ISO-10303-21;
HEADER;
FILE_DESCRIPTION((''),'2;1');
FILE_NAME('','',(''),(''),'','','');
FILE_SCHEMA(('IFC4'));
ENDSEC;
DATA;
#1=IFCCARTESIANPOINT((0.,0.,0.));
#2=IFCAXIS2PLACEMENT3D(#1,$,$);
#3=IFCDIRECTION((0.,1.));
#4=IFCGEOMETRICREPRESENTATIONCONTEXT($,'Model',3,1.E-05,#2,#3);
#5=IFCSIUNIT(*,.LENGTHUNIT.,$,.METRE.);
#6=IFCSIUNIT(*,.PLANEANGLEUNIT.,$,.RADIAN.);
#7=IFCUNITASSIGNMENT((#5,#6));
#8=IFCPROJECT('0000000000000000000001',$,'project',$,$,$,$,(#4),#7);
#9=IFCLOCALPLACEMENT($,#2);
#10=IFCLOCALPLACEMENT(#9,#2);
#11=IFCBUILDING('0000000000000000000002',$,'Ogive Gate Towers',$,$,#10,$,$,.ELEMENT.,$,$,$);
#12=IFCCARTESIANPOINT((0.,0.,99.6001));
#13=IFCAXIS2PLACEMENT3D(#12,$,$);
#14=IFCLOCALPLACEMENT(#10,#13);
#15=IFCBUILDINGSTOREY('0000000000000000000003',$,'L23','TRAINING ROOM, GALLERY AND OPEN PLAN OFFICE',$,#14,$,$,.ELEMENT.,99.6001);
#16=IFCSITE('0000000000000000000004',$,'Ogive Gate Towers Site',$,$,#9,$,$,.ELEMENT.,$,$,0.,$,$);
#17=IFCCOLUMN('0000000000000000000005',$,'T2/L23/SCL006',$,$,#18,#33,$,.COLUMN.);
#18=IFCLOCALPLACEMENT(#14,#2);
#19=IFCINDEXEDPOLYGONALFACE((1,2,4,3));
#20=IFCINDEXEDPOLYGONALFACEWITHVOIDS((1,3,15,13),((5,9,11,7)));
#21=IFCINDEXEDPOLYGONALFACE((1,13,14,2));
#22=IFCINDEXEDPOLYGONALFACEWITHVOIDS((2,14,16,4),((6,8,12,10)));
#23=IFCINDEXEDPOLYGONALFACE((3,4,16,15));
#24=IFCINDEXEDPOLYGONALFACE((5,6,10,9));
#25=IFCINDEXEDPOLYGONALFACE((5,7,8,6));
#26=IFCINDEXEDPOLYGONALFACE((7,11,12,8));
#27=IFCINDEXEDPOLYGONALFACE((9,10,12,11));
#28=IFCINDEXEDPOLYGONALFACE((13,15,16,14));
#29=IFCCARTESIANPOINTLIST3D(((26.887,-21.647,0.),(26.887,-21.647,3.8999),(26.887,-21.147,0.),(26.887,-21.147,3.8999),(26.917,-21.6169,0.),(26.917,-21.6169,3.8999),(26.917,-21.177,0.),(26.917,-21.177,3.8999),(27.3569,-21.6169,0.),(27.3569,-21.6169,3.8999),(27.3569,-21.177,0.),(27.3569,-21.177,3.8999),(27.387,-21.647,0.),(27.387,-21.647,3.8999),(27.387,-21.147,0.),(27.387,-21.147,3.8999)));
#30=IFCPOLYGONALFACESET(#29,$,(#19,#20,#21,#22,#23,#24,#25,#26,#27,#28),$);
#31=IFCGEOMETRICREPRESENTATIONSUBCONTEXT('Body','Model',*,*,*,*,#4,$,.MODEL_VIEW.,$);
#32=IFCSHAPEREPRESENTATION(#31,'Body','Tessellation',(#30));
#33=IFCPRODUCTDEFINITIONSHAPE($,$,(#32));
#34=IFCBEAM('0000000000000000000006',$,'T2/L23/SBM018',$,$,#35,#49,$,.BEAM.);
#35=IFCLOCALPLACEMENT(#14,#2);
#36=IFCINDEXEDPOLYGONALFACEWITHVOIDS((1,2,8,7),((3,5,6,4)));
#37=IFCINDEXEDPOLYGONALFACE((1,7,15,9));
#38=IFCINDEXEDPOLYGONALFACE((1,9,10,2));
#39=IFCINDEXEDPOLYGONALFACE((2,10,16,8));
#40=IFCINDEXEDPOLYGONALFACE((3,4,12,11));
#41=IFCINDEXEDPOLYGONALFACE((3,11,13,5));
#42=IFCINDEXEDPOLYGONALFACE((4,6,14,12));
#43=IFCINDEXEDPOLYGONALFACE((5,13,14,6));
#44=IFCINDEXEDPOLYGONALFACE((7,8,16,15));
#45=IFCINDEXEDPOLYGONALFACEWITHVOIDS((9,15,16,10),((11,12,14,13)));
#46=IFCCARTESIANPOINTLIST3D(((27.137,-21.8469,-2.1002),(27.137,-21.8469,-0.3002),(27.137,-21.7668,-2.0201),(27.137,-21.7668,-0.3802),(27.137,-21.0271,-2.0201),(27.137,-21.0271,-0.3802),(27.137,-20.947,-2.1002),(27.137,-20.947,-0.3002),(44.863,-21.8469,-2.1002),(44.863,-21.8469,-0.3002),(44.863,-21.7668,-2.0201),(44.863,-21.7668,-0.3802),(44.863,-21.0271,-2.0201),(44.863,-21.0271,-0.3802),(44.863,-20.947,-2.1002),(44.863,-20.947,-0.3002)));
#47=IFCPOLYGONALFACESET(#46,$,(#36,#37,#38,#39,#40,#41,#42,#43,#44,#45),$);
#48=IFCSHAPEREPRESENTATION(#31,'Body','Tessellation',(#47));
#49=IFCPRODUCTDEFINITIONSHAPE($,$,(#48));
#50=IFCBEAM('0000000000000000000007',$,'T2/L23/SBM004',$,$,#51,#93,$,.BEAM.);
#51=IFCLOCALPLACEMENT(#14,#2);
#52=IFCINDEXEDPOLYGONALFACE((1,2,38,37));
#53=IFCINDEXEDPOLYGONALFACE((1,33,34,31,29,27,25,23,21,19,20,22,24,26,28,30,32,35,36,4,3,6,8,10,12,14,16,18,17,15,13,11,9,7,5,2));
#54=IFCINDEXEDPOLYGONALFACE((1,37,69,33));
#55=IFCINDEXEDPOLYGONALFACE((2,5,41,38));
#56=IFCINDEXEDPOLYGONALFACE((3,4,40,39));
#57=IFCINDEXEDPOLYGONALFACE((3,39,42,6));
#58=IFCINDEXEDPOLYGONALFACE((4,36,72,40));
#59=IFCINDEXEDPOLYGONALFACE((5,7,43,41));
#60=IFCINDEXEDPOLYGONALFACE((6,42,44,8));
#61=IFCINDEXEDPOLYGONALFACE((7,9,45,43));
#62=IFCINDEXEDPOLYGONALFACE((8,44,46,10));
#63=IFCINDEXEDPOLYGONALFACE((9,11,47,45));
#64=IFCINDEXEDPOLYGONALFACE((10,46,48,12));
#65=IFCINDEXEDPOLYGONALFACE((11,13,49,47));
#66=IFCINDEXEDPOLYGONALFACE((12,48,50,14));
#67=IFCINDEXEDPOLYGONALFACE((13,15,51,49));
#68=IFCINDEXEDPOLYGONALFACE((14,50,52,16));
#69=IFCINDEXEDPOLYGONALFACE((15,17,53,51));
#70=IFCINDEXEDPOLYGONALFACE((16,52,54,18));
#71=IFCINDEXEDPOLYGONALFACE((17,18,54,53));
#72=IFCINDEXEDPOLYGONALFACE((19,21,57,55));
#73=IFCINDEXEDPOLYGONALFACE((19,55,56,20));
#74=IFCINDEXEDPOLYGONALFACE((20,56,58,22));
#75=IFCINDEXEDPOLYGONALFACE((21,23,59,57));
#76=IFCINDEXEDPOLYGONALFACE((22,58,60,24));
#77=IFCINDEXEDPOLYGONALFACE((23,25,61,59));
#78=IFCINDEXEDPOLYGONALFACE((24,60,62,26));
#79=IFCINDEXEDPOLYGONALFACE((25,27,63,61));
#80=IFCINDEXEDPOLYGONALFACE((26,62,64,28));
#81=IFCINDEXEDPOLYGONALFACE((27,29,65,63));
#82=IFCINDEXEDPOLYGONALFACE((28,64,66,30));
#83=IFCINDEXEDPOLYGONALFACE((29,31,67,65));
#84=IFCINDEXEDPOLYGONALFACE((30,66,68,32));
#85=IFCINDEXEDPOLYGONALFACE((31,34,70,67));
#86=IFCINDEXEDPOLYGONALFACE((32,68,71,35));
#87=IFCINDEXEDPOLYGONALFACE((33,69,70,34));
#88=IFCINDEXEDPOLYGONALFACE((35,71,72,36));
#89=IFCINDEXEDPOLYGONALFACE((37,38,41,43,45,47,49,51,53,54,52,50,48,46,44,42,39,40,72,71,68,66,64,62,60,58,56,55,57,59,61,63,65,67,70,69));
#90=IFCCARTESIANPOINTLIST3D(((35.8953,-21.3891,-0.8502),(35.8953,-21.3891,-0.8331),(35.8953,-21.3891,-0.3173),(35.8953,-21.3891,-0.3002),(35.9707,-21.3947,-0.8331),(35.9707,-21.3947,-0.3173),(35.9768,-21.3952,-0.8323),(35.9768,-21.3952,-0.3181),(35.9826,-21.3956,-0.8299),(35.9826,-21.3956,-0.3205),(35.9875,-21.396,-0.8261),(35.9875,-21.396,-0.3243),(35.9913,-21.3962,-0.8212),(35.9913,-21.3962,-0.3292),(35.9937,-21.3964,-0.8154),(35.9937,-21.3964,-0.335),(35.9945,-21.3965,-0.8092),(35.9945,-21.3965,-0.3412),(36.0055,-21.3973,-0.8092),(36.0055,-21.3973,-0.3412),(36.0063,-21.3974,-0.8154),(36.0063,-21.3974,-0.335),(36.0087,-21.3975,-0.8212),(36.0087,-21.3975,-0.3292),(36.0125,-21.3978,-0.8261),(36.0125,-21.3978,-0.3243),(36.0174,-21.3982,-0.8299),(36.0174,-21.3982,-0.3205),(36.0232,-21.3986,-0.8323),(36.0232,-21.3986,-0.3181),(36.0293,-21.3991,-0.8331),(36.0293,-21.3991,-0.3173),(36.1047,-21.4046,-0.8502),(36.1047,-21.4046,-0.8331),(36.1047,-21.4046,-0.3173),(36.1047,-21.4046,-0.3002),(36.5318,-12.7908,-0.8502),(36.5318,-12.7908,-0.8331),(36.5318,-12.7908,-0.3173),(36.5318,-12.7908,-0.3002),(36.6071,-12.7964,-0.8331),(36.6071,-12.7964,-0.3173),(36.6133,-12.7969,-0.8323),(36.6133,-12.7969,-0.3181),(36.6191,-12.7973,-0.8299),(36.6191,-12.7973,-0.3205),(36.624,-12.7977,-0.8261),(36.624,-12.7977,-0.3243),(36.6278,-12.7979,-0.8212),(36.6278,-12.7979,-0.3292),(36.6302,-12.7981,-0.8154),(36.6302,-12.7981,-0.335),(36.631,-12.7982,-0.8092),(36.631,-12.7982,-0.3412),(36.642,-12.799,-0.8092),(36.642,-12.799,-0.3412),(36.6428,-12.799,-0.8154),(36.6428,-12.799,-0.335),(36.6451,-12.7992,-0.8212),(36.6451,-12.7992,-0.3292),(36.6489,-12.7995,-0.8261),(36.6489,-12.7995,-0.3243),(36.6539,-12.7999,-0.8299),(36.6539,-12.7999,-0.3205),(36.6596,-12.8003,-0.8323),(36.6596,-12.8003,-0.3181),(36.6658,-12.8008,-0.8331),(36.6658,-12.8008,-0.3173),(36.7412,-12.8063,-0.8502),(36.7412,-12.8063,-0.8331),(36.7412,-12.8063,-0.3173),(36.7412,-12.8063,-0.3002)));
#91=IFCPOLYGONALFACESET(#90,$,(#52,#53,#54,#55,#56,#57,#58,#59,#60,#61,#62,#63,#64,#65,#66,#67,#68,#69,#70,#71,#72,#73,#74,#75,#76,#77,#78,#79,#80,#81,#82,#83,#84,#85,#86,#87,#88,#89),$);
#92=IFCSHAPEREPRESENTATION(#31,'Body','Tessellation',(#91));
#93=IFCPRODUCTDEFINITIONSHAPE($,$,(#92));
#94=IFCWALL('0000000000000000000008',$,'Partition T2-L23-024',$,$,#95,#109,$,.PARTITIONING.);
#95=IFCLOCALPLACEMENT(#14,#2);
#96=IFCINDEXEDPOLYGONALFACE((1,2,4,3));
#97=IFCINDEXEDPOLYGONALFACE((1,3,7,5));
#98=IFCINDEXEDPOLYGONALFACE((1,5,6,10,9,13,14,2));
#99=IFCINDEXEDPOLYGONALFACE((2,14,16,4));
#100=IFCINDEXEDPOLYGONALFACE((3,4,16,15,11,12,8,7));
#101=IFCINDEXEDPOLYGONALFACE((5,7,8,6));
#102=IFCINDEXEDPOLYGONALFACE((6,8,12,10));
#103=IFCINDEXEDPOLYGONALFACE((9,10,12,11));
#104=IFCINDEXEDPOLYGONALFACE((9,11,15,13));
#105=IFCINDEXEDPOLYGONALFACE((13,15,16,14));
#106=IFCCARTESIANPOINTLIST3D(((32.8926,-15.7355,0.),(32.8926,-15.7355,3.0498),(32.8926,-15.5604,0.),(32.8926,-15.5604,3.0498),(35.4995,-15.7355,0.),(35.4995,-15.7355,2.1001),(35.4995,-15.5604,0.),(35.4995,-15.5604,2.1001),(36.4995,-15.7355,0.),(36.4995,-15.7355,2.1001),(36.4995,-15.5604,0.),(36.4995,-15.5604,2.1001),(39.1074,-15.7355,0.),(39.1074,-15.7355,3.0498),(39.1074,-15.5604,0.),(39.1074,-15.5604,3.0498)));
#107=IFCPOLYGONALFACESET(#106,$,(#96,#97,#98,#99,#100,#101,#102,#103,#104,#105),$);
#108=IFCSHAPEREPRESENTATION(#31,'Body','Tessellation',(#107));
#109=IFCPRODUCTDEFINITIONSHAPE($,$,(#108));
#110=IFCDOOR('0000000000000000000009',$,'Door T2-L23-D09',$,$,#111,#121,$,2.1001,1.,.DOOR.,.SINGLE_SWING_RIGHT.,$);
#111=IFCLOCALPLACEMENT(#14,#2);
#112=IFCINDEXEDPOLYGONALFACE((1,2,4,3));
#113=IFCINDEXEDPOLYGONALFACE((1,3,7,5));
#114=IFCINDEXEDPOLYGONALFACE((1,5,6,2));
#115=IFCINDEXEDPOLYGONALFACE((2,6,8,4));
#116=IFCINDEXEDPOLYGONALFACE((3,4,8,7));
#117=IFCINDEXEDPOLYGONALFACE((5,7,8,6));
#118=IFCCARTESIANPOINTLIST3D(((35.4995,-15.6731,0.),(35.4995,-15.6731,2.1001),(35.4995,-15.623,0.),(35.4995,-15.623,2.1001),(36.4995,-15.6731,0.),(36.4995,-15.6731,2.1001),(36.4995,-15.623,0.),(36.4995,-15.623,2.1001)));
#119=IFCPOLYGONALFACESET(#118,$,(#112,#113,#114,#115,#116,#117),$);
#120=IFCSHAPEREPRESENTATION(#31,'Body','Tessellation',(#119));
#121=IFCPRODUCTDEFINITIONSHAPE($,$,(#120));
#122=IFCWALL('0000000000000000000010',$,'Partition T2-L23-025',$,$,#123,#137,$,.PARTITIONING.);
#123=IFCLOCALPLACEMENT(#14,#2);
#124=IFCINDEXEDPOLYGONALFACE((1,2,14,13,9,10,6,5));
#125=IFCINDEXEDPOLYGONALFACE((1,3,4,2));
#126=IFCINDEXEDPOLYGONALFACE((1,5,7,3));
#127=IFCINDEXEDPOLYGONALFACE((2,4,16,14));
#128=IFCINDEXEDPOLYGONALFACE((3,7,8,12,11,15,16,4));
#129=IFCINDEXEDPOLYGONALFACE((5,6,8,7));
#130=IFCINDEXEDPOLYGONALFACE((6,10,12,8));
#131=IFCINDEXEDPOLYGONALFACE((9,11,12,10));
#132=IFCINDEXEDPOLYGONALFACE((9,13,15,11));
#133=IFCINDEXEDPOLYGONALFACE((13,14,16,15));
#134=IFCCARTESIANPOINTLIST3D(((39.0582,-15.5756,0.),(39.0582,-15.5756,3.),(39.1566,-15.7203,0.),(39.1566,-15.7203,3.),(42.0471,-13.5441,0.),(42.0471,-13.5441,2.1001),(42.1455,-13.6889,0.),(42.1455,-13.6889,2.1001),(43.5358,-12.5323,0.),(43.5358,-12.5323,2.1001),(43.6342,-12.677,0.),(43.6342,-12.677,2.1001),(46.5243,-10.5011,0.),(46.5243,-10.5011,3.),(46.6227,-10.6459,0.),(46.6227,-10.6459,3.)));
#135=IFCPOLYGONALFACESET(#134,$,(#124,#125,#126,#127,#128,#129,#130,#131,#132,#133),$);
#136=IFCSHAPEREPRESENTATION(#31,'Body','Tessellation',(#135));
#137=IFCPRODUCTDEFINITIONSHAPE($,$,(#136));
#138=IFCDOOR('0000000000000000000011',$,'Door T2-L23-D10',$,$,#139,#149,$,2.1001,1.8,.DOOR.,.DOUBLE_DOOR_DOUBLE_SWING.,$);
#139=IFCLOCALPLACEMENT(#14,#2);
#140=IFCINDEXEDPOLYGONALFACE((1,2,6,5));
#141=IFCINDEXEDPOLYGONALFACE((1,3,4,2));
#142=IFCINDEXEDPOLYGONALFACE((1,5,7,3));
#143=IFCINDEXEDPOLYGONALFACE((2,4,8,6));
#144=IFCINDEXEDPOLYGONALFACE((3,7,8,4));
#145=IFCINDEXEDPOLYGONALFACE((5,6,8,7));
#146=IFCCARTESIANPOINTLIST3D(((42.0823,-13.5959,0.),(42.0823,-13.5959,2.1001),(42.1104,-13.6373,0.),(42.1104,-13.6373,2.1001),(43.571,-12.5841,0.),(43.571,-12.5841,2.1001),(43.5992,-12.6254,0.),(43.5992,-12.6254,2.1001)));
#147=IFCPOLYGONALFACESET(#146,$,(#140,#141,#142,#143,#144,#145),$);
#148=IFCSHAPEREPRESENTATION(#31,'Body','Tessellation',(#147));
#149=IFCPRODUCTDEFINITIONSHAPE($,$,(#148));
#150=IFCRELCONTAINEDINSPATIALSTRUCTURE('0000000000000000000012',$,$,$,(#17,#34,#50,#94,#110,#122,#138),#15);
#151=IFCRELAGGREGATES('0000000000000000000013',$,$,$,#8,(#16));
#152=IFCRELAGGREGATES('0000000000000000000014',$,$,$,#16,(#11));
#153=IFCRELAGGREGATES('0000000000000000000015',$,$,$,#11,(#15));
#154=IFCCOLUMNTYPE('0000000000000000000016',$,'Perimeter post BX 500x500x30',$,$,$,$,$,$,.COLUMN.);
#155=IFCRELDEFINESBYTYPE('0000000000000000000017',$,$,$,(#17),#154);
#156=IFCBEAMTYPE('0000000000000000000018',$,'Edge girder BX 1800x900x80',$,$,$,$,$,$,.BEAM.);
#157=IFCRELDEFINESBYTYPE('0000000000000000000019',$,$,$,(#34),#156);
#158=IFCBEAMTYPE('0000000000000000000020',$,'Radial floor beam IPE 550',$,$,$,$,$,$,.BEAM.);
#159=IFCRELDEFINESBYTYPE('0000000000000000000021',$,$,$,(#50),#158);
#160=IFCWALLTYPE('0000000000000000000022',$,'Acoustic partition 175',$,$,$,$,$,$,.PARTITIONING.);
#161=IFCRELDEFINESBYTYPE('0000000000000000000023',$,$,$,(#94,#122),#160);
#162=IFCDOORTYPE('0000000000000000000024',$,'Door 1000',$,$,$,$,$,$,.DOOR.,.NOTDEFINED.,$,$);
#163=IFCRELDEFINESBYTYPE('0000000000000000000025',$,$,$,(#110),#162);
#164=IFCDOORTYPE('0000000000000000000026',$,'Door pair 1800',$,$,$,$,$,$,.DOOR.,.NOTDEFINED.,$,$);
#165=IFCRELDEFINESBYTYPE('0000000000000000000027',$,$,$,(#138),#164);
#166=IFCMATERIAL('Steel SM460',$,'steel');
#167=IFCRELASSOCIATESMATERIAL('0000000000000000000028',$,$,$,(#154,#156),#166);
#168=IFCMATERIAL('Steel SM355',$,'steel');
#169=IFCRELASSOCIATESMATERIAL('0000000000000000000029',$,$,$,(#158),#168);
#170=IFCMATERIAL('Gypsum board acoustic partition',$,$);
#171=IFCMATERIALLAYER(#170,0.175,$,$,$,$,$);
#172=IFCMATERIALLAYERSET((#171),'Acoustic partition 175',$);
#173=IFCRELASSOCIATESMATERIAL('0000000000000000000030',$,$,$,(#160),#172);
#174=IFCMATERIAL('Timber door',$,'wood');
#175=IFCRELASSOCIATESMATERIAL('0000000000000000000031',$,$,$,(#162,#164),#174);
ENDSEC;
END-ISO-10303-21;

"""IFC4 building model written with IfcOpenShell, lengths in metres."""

from ifc_helpers import new_model, si_unit, direction, frame, frame_2d, origin, origin_2d, place, context, subcontext, project, spatial, rectangle, hollow_rectangle, i_section, extrude, material, layer, layer_set, material_profile, profile_set, type_object, element, fill, save


model = new_model("IFC4")

# Units and contexts
model_context = context("Model", 3, precision=1e-05, world=origin(), true_north=direction((0.0, 1.0)))
body_context = subcontext(model_context, "Body", "Model", "MODEL_VIEW")
ifc_project = project(units=[si_unit("LENGTHUNIT", "METRE"), si_unit("PLANEANGLEUNIT", "RADIAN")], contexts=[model_context])

# Site, building, storey
site_placement = place(None, origin())
site = spatial("IfcSite", under=ifc_project, at=site_placement, Name="Ogive Gate Towers Site", CompositionType="ELEMENT", RefElevation=0.0)
building_placement = place(site_placement, origin())
building = spatial("IfcBuilding", under=site, at=building_placement, Name="Ogive Gate Towers", CompositionType="ELEMENT")
storey_placement = place(building_placement, frame((0.0, 0.0, 99.6001)))
storey = spatial("IfcBuildingStorey", under=building, at=storey_placement, Name="L23", Description="TRAINING ROOM, GALLERY AND OPEN PLAN OFFICE", CompositionType="ELEMENT", Elevation=99.6001)

# Column
ifc_material_1 = material(Name="Steel SM460", Category="steel")
ifc_material_profile_1 = material_profile(ifc_material_1, hollow_rectangle(XDim=0.5, YDim=0.5, WallThickness=0.03, at=origin_2d()), Name="BX 500x500x30")
ifc_profile_set_1 = profile_set([ifc_material_profile_1], Name="Steel SM460")
column_type = type_object("IfcColumnType", Name="Perimeter post BX 500x500x30", PredefinedType="COLUMN", material=ifc_profile_set_1)
column_placement = place(storey_placement, frame((27.137, -21.397, 0.0), z_axis=(0.0, 0.0, 1.0), x_axis=(1.0, 0.0, 0.0)))
element("IfcColumn", 1, at=column_placement, inside=storey, type_object=column_type, Name="T2/L23/SCL006", PredefinedType="COLUMN", context=body_context, shape_type="SweptSolid", body=[
    extrude(hollow_rectangle(XDim=0.5, YDim=0.5, WallThickness=0.03, at=origin_2d()), origin(), (0.0, 0.0, 1.0), 3.8999),
])

# Beams
ifc_material_profile_2 = material_profile(ifc_material_1, hollow_rectangle(XDim=0.8999, YDim=1.8, WallThickness=0.0801, at=origin_2d()), Name="BX 1800x900x80")
ifc_profile_set_2 = profile_set([ifc_material_profile_2], Name="Steel SM460")
beam_type_1 = type_object("IfcBeamType", Name="Edge girder BX 1800x900x80", PredefinedType="BEAM", material=ifc_profile_set_2)
beam_1_placement = place(storey_placement, frame((27.137, -21.397, -1.2002), z_axis=(1.0, 0.0, 0.0), x_axis=(0.0, 1.0, 0.0)))
element("IfcBeam", 2, at=beam_1_placement, inside=storey, type_object=beam_type_1, Name="T2/L23/SBM018", PredefinedType="BEAM", context=body_context, shape_type="SweptSolid", body=[
    extrude(hollow_rectangle(XDim=0.8999, YDim=1.8, WallThickness=0.0801, at=origin_2d()), origin(), (0.0, 0.0, 1.0), 17.7261),
])
ifc_material_2 = material(Name="Steel SM355", Category="steel")
ifc_material_profile_3 = material_profile(ifc_material_2, i_section(OverallWidth=0.21, OverallDepth=0.55, WebThickness=0.011, FlangeThickness=0.0171, FilletRadius=0.0239, at=origin_2d()), Name="IPE 550")
ifc_profile_set_3 = profile_set([ifc_material_profile_3], Name="Steel SM355")
beam_type_2 = type_object("IfcBeamType", Name="Radial floor beam IPE 550", PredefinedType="BEAM", material=ifc_profile_set_3)
beam_2_placement = place(storey_placement, frame((36.6365, -12.7986, -0.5752), z_axis=(-0.073821, -0.997272, 0.0), x_axis=(0.997272, -0.073821, 0.0)))
element("IfcBeam", 3, at=beam_2_placement, inside=storey, type_object=beam_type_2, Name="T2/L23/SBM004", PredefinedType="BEAM", context=body_context, shape_type="SweptSolid", body=[
    extrude(i_section(OverallWidth=0.21, OverallDepth=0.55, WebThickness=0.011, FlangeThickness=0.0171, FilletRadius=0.0239, at=origin_2d()), origin(), (0.0, 0.0, 1.0), 8.6218),
])

# Walls, openings, doors
ifc_material_3 = material(Name="Gypsum board acoustic partition")
ifc_layer_1 = layer(ifc_material_3, 0.175)
ifc_layer_set_1 = layer_set([ifc_layer_1], Name="Acoustic partition 175")
wall_type_1 = type_object("IfcWallType", Name="Acoustic partition 175", PredefinedType="PARTITIONING", material=ifc_layer_set_1)
wall_1_placement = place(storey_placement, frame((32.8926, -15.6479, 0.0), z_axis=(0.0, 0.0, 1.0), x_axis=(1.0, 0.0, 0.0)))
wall_1 = element("IfcWall", 4, at=wall_1_placement, inside=storey, type_object=wall_type_1, Name="Partition T2-L23-024", PredefinedType="PARTITIONING", context=body_context, shape_type="SweptSolid", body=[
    extrude(rectangle(XDim=6.2148, YDim=0.175, at=frame_2d((3.1074, 0.0))), origin(), (0.0, 0.0, 1.0), 3.0498),
])
opening_1_placement = place(wall_1_placement, frame((2.6069, 0.0, 0.0)))
opening_1 = element("IfcOpeningElement", 5, at=opening_1_placement, cuts=wall_1, PredefinedType="OPENING", context=body_context, shape_type="SweptSolid", body=[
    extrude(rectangle(XDim=1.0, YDim=2.1001, at=frame_2d((0.5, 1.05))), frame((0.0, 0.0977, 0.0), z_axis=(0.0, -1.0, 0.0), x_axis=(1.0, 0.0, 0.0)), (0.0, 0.0, 1.0), 0.1951),
])
ifc_material_4 = material(Name="Timber door", Category="wood")
door_type_1 = type_object("IfcDoorType", Name="Door 1000", OperationType="NOTDEFINED", PredefinedType="DOOR", material=ifc_material_4)
door_1_placement = place(opening_1_placement, origin())
door_1 = element("IfcDoor", 6, at=door_1_placement, inside=storey, type_object=door_type_1, Name="Door T2-L23-D09", OperationType="SINGLE_SWING_RIGHT", OverallHeight=2.1001, OverallWidth=1.0, PredefinedType="DOOR", context=body_context, shape_type="SweptSolid", body=[
    extrude(rectangle(XDim=1.0, YDim=2.1001, at=frame_2d((0.5, 1.05))), frame((0.0, 0.0249, 0.0), z_axis=(0.0, -1.0, 0.0), x_axis=(1.0, 0.0, 0.0)), (0.0, 0.0, 1.0), 0.05),
])
fill(opening_1, door_1)
wall_2_placement = place(storey_placement, frame((39.1074, -15.6479, 0.0), z_axis=(0.0, 0.0, 1.0), x_axis=(0.827053, 0.562124, 0.0)))
wall_2 = element("IfcWall", 7, at=wall_2_placement, inside=storey, type_object=wall_type_1, Name="Partition T2-L23-025", PredefinedType="PARTITIONING", context=body_context, shape_type="SweptSolid", body=[
    extrude(rectangle(XDim=9.0273, YDim=0.175, at=frame_2d((4.5137, 0.0))), origin(), (0.0, 0.0, 1.0), 3.0),
])
opening_2_placement = place(wall_2_placement, frame((3.614, 0.0, 0.0)))
opening_2 = element("IfcOpeningElement", 8, at=opening_2_placement, cuts=wall_2, PredefinedType="OPENING", context=body_context, shape_type="SweptSolid", body=[
    extrude(rectangle(XDim=1.8, YDim=2.1001, at=frame_2d((0.8999, 1.05))), frame((0.0, 0.0977, 0.0), z_axis=(0.0, -1.0, 0.0), x_axis=(1.0, 0.0, 0.0)), (0.0, 0.0, 1.0), 0.1951),
])
door_type_2 = type_object("IfcDoorType", Name="Door pair 1800", OperationType="NOTDEFINED", PredefinedType="DOOR", material=ifc_material_4)
door_2_placement = place(opening_2_placement, origin())
door_2 = element("IfcDoor", 9, at=door_2_placement, inside=storey, type_object=door_type_2, Name="Door T2-L23-D10", OperationType="DOUBLE_DOOR_DOUBLE_SWING", OverallHeight=2.1001, OverallWidth=1.8, PredefinedType="DOOR", context=body_context, shape_type="SweptSolid", body=[
    extrude(rectangle(XDim=1.8, YDim=2.1001, at=frame_2d((0.8999, 1.05))), frame((0.0, 0.0249, 0.0), z_axis=(0.0, -1.0, 0.0), x_axis=(1.0, 0.0, 0.0)), (0.0, 0.0, 1.0), 0.05),
])
fill(opening_2, door_2)

save(model, "model.ifc")
